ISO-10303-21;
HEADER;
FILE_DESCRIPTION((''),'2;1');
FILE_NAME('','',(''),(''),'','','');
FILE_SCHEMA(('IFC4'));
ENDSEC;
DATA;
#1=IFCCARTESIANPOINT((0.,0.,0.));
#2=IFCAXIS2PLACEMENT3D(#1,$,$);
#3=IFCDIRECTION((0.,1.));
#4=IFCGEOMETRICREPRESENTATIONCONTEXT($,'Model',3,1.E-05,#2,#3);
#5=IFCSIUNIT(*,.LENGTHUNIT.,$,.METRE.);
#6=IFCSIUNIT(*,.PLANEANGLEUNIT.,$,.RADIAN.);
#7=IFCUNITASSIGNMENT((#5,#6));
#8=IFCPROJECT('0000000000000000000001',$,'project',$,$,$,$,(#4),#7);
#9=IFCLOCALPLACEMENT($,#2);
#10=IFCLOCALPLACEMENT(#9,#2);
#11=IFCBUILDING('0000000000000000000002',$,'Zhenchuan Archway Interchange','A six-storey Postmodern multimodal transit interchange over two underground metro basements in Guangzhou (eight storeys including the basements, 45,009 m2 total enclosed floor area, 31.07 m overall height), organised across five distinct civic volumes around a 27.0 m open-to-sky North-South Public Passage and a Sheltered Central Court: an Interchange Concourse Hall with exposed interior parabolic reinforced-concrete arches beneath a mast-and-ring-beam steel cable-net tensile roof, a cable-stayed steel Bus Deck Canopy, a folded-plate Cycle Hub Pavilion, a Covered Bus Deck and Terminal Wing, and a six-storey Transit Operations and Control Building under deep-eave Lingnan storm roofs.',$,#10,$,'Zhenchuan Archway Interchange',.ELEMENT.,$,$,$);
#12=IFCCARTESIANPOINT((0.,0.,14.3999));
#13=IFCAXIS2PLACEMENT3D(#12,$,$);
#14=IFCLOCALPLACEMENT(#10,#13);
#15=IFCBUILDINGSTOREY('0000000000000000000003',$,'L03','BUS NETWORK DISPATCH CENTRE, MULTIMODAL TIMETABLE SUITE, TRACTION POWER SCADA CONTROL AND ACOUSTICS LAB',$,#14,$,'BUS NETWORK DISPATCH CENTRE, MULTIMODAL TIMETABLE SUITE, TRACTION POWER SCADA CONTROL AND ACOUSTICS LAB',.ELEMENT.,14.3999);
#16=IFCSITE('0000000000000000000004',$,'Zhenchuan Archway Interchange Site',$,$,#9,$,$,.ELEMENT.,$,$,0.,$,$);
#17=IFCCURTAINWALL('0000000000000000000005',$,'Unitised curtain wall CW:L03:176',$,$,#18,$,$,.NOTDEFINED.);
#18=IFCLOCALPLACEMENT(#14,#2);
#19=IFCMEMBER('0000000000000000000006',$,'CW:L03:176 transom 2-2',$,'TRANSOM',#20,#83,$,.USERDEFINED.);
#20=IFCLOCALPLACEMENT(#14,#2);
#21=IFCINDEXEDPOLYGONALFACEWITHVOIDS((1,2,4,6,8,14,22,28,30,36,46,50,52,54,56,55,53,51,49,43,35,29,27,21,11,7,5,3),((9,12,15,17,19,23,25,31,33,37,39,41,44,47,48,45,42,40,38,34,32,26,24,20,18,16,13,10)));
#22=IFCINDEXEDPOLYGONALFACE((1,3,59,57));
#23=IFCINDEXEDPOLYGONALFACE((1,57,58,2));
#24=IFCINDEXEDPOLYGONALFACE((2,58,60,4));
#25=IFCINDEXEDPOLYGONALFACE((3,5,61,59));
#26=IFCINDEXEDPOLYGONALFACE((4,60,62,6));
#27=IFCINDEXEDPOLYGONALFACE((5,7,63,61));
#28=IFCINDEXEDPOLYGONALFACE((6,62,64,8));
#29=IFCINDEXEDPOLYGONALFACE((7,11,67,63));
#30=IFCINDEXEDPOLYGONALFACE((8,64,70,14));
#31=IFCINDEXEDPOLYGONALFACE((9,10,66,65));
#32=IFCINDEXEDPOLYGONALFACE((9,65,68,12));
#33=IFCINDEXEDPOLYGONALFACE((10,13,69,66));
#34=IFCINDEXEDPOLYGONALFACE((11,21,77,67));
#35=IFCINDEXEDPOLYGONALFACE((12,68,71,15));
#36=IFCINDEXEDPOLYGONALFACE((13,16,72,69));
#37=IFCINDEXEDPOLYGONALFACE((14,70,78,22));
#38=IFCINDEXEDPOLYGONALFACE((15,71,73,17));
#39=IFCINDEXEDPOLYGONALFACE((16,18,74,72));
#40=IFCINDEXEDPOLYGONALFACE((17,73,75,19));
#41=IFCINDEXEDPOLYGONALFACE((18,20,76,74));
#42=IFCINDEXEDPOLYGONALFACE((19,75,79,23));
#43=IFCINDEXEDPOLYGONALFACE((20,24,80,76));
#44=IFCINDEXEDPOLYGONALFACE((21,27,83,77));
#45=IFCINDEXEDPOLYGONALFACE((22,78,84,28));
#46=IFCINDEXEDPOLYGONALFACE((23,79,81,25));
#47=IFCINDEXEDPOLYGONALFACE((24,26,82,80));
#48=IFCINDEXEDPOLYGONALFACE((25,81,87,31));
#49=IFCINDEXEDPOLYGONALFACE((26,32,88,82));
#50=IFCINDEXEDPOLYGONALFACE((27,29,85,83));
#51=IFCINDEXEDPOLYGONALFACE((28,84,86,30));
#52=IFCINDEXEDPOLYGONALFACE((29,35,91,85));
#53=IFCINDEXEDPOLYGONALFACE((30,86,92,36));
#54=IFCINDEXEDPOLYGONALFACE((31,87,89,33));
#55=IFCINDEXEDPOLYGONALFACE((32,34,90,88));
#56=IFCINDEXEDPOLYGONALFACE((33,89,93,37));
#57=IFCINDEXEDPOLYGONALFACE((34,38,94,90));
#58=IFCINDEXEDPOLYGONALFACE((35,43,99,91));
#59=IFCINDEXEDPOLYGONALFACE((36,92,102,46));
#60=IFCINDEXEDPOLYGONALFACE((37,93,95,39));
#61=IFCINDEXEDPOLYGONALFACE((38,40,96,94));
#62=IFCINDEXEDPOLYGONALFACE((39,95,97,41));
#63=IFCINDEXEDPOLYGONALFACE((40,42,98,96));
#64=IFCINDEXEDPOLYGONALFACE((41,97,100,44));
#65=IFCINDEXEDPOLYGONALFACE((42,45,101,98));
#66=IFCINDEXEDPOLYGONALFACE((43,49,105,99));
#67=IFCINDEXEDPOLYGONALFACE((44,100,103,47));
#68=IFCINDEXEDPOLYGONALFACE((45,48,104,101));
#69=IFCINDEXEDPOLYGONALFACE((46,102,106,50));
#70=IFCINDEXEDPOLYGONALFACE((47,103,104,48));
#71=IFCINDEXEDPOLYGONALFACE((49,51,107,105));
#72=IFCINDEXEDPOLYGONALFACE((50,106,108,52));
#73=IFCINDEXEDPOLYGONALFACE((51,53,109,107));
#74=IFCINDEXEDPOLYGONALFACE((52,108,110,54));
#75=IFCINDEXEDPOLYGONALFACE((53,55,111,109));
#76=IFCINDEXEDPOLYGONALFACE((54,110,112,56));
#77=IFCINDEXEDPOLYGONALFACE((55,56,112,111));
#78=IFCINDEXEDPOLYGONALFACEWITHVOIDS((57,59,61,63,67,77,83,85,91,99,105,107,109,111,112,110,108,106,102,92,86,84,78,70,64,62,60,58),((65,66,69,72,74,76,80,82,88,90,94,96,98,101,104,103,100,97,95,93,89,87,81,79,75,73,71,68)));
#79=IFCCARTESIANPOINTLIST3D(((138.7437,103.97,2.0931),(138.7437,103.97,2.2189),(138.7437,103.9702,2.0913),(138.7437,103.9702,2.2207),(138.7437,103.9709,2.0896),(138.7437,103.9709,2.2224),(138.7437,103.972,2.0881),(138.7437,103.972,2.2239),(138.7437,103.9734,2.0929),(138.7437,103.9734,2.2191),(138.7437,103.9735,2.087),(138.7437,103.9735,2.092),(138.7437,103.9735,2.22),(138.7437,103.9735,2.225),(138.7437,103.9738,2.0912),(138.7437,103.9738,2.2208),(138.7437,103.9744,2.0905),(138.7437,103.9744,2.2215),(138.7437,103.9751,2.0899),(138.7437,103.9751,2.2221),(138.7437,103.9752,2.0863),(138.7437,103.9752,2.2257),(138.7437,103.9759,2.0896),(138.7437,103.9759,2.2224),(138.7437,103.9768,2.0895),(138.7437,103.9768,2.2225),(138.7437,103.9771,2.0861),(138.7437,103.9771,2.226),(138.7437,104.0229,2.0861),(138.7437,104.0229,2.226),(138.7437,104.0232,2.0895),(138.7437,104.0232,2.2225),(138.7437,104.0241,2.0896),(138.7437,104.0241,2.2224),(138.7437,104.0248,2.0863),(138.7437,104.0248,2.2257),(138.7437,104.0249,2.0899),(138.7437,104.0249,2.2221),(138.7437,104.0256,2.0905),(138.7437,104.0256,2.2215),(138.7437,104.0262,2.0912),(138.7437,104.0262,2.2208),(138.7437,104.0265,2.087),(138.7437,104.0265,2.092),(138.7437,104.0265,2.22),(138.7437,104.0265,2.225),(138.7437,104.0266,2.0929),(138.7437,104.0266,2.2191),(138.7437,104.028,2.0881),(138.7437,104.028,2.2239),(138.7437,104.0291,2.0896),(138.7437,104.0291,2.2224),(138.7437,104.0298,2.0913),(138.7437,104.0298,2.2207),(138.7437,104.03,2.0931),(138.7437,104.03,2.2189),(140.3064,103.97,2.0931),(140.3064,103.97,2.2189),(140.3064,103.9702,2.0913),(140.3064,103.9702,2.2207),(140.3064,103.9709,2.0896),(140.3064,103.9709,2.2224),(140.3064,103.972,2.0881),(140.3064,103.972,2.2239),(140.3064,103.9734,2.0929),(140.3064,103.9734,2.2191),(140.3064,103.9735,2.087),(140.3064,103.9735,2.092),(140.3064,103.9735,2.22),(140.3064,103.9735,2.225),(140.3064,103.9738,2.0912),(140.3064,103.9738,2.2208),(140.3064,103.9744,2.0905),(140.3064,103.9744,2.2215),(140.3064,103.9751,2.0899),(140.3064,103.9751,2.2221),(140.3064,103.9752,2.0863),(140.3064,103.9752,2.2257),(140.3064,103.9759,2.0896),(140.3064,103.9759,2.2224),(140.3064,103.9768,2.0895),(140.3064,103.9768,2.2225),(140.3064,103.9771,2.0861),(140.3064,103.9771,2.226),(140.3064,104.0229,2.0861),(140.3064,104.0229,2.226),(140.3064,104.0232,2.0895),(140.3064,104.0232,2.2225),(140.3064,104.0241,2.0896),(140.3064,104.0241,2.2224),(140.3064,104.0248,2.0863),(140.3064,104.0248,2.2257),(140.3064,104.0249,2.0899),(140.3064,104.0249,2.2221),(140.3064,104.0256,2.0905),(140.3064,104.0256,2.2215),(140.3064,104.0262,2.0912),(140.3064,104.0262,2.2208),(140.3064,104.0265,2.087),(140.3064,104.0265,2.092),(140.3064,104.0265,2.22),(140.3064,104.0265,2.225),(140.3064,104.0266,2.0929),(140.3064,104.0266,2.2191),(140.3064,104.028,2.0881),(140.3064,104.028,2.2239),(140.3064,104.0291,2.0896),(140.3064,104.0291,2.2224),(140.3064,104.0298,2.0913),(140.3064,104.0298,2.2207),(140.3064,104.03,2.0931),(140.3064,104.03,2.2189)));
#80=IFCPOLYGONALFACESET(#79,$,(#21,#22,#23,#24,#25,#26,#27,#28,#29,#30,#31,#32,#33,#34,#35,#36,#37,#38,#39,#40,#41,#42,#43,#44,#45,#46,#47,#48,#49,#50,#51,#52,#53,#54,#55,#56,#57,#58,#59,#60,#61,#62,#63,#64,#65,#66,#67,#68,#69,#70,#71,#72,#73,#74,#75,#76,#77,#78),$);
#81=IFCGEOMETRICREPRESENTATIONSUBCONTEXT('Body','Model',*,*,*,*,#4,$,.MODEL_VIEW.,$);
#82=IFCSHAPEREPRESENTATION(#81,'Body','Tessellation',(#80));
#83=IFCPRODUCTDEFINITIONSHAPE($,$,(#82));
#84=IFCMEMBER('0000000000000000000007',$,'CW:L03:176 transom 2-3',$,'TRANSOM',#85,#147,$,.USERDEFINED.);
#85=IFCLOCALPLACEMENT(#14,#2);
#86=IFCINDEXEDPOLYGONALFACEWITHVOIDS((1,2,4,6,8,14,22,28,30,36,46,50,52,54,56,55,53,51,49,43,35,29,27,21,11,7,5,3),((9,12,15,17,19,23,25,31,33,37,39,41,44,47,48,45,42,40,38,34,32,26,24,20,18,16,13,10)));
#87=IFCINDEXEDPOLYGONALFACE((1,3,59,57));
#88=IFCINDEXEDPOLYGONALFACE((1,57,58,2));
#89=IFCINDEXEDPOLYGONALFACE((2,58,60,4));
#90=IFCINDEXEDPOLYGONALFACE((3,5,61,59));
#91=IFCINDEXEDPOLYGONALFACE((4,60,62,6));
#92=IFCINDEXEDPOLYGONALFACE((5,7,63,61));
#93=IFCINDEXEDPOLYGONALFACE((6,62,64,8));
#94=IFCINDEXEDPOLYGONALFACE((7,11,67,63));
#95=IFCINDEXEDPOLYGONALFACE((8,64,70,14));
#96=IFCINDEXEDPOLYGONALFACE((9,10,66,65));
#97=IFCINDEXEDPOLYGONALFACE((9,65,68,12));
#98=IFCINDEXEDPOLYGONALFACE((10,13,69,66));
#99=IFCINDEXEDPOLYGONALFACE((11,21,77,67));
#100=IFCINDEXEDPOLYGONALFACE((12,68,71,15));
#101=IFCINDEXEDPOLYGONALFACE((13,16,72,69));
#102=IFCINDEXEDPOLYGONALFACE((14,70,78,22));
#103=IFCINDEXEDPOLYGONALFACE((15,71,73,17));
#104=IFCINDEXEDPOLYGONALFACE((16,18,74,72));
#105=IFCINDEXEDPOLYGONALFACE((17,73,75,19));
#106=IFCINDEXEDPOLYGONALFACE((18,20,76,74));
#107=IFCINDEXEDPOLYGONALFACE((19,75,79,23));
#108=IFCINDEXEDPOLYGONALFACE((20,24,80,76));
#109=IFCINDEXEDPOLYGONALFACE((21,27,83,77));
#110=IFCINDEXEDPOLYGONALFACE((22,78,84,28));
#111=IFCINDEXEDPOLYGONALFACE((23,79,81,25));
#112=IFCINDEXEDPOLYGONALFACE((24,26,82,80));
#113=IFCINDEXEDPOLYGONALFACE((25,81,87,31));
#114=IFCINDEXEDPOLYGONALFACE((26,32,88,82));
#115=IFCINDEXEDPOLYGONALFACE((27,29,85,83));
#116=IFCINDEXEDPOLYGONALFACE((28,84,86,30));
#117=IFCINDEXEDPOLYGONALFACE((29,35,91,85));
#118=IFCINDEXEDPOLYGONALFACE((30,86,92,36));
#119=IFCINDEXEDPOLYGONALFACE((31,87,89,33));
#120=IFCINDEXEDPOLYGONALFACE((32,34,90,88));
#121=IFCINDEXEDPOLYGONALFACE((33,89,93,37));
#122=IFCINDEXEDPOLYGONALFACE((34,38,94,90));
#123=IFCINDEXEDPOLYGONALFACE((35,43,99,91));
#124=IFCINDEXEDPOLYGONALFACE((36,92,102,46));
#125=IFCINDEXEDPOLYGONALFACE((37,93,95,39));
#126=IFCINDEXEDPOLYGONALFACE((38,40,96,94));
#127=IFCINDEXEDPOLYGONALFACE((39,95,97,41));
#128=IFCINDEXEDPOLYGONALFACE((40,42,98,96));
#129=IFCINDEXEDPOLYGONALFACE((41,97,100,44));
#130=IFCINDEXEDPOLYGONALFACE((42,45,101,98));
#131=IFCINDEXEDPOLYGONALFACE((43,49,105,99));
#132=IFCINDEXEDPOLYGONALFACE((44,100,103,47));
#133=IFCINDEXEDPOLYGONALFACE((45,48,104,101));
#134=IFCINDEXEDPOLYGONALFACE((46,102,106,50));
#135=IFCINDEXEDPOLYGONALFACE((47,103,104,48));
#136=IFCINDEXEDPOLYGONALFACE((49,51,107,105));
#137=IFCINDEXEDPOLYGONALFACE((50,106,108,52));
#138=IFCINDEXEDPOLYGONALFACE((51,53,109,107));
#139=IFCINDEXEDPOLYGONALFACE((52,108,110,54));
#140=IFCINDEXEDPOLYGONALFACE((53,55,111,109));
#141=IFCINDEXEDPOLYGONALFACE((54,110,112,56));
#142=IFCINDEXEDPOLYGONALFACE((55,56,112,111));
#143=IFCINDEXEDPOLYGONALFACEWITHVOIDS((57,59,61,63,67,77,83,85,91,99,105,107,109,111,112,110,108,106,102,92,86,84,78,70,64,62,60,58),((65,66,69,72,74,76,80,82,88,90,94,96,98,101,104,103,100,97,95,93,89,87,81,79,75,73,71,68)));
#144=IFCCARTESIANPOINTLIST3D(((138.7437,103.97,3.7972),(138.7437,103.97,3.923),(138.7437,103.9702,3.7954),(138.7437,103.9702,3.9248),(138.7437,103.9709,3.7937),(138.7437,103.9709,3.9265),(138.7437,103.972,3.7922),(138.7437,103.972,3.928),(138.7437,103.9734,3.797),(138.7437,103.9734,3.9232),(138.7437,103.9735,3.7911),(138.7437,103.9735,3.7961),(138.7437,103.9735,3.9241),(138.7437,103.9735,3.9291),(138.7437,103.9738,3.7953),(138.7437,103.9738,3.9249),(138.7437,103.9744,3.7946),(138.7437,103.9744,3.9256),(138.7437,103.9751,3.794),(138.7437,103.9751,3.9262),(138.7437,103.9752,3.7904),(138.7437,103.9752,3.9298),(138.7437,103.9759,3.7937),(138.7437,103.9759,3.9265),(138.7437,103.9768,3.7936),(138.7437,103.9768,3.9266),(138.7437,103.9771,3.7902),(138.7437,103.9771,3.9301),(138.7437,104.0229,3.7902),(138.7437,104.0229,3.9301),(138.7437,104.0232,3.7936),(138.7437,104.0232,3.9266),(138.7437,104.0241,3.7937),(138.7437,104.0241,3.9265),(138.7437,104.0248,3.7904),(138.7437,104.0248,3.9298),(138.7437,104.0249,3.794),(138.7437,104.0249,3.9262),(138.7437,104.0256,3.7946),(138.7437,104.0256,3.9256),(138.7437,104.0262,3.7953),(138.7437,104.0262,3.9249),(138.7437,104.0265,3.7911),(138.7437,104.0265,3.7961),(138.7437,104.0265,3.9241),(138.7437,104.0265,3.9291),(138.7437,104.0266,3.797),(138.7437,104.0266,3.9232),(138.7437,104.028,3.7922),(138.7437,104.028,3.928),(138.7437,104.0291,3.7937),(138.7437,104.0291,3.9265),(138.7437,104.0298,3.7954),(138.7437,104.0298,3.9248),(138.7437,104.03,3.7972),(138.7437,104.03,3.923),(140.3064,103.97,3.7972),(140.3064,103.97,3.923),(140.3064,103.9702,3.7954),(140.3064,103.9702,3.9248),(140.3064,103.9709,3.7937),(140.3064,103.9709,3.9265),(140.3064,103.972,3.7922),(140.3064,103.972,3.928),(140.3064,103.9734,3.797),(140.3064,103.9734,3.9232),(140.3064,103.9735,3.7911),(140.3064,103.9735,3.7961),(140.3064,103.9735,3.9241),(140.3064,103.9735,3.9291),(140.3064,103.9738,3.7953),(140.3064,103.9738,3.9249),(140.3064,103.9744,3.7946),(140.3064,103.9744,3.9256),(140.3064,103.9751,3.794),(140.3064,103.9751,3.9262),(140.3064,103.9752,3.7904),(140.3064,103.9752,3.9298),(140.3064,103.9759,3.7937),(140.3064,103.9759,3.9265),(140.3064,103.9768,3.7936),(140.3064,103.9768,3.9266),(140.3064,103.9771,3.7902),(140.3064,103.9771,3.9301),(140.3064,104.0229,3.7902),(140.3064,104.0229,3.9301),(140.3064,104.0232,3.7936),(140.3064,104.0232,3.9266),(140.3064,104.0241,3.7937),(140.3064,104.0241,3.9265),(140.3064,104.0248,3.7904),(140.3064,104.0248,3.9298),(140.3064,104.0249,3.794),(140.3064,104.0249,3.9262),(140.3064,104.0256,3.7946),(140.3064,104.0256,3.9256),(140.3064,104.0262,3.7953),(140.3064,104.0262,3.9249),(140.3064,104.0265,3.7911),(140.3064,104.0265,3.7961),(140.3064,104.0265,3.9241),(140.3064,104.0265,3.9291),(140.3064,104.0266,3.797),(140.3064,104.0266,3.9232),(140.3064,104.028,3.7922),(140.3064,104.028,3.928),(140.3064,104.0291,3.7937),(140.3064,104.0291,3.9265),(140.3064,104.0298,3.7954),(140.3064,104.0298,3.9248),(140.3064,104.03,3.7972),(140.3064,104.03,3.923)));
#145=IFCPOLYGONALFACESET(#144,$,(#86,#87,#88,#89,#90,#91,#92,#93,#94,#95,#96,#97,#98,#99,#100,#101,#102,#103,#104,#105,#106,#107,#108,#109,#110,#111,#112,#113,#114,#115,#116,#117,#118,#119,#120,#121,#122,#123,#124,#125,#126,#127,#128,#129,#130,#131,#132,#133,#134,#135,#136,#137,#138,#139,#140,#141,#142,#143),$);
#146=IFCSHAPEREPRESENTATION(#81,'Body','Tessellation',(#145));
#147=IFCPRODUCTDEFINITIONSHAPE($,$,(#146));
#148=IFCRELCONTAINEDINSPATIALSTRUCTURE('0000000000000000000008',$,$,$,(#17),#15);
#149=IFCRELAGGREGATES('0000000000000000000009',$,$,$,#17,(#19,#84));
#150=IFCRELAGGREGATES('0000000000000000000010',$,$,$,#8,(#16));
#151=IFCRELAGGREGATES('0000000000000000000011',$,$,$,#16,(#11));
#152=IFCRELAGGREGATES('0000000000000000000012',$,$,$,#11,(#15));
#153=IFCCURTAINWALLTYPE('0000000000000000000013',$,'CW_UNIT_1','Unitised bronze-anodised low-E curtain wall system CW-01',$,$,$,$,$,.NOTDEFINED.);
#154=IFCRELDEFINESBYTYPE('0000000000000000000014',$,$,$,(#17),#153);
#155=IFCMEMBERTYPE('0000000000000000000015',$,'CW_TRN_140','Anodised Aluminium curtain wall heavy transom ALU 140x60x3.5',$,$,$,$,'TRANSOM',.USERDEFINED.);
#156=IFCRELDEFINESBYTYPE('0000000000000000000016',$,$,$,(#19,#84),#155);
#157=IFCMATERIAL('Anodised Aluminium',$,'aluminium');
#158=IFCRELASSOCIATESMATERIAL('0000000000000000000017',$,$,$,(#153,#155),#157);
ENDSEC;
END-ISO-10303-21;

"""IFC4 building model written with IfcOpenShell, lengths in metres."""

from ifc_helpers import new_model, si_unit, direction, frame, origin, origin_2d, place, context, subcontext, project, spatial, hollow_rectangle, extrude, material, material_profile, profile_set, type_object, element, aggregate, save


model = new_model("IFC4")

# Units and contexts
model_context = context("Model", 3, precision=1e-05, world=origin(), true_north=direction((0.0, 1.0)))
body_context = subcontext(model_context, "Body", "Model", "MODEL_VIEW")
ifc_project = project(units=[si_unit("LENGTHUNIT", "METRE"), si_unit("PLANEANGLEUNIT", "RADIAN")], contexts=[model_context])

# Site, building, storey
site_placement = place(None, origin())
site = spatial("IfcSite", under=ifc_project, at=site_placement, Name="Zhenchuan Archway Interchange Site", CompositionType="ELEMENT", RefElevation=0.0)
building_placement = place(site_placement, origin())
building = spatial("IfcBuilding", under=site, at=building_placement, Name="Zhenchuan Archway Interchange", Description="A six-storey Postmodern multimodal transit interchange over two underground metro basements in Guangzhou (eight storeys including the basements, 45,009 m2 total enclosed floor area, 31.07 m overall height), organised across five distinct civic volumes around a 27.0 m open-to-sky North-South Public Passage and a Sheltered Central Court: an Interchange Concourse Hall with exposed interior parabolic reinforced-concrete arches beneath a mast-and-ring-beam steel cable-net tensile roof, a cable-stayed steel Bus Deck Canopy, a folded-plate Cycle Hub Pavilion, a Covered Bus Deck and Terminal Wing, and a six-storey Transit Operations and Control Building under deep-eave Lingnan storm roofs.", LongName="Zhenchuan Archway Interchange", CompositionType="ELEMENT")
storey_placement = place(building_placement, frame((0.0, 0.0, 14.3999)))
storey = spatial("IfcBuildingStorey", under=building, at=storey_placement, Name="L03", Description="BUS NETWORK DISPATCH CENTRE, MULTIMODAL TIMETABLE SUITE, TRACTION POWER SCADA CONTROL AND ACOUSTICS LAB", LongName="BUS NETWORK DISPATCH CENTRE, MULTIMODAL TIMETABLE SUITE, TRACTION POWER SCADA CONTROL AND ACOUSTICS LAB", CompositionType="ELEMENT", Elevation=14.3999)

# Curtain wall, members
ifc_material_1 = material(Name="Anodised Aluminium", Category="aluminium")
curtain_wall_type = type_object("IfcCurtainWallType", Name="CW_UNIT_1", Description="Unitised bronze-anodised low-E curtain wall system CW-01", PredefinedType="NOTDEFINED", material=ifc_material_1)
curtain_wall_placement = place(storey_placement, origin())
curtain_wall = element("IfcCurtainWall", 1, at=curtain_wall_placement, inside=storey, type_object=curtain_wall_type, Name="Unitised curtain wall CW:L03:176", PredefinedType="NOTDEFINED")
ifc_material_profile_1 = material_profile(ifc_material_1, hollow_rectangle(XDim=0.0601, YDim=0.1399, WallThickness=0.0034, InnerFilletRadius=0.0034, OuterFilletRadius=0.0071, at=origin_2d()), Name="ALU 140x60x3.5")
ifc_profile_set_1 = profile_set([ifc_material_profile_1], Name="Anodised Aluminium")
member_type_1 = type_object("IfcMemberType", Name="CW_TRN_140", Description="Anodised Aluminium curtain wall heavy transom ALU 140x60x3.5", ElementType="TRANSOM", PredefinedType="USERDEFINED", material=ifc_profile_set_1)
member_1_placement = place(storey_placement, frame((138.7437, 104.0, 2.156), z_axis=(1.0, 0.0, 0.0), x_axis=(0.0, 1.0, 0.0)))
member_1 = element("IfcMember", 2, at=member_1_placement, type_object=member_type_1, Name="CW:L03:176 transom 2-2", ObjectType="TRANSOM", PredefinedType="USERDEFINED", context=body_context, shape_type="SweptSolid", body=[
    extrude(hollow_rectangle(XDim=0.0601, YDim=0.1399, WallThickness=0.0034, InnerFilletRadius=0.0034, OuterFilletRadius=0.0071, at=origin_2d()), origin(), (0.0, 0.0, 1.0), 1.5627),
])
member_2_placement = place(storey_placement, frame((138.7437, 104.0, 3.8601), z_axis=(1.0, 0.0, 0.0), x_axis=(0.0, 1.0, 0.0)))
member_2 = element("IfcMember", 3, at=member_2_placement, type_object=member_type_1, Name="CW:L03:176 transom 2-3", ObjectType="TRANSOM", PredefinedType="USERDEFINED", context=body_context, shape_type="SweptSolid", body=[
    extrude(hollow_rectangle(XDim=0.0601, YDim=0.1399, WallThickness=0.0034, InnerFilletRadius=0.0034, OuterFilletRadius=0.0071, at=origin_2d()), origin(), (0.0, 0.0, 1.0), 1.5627),
])

aggregate(curtain_wall, [member_1, member_2])

save(model, "model.ifc")
